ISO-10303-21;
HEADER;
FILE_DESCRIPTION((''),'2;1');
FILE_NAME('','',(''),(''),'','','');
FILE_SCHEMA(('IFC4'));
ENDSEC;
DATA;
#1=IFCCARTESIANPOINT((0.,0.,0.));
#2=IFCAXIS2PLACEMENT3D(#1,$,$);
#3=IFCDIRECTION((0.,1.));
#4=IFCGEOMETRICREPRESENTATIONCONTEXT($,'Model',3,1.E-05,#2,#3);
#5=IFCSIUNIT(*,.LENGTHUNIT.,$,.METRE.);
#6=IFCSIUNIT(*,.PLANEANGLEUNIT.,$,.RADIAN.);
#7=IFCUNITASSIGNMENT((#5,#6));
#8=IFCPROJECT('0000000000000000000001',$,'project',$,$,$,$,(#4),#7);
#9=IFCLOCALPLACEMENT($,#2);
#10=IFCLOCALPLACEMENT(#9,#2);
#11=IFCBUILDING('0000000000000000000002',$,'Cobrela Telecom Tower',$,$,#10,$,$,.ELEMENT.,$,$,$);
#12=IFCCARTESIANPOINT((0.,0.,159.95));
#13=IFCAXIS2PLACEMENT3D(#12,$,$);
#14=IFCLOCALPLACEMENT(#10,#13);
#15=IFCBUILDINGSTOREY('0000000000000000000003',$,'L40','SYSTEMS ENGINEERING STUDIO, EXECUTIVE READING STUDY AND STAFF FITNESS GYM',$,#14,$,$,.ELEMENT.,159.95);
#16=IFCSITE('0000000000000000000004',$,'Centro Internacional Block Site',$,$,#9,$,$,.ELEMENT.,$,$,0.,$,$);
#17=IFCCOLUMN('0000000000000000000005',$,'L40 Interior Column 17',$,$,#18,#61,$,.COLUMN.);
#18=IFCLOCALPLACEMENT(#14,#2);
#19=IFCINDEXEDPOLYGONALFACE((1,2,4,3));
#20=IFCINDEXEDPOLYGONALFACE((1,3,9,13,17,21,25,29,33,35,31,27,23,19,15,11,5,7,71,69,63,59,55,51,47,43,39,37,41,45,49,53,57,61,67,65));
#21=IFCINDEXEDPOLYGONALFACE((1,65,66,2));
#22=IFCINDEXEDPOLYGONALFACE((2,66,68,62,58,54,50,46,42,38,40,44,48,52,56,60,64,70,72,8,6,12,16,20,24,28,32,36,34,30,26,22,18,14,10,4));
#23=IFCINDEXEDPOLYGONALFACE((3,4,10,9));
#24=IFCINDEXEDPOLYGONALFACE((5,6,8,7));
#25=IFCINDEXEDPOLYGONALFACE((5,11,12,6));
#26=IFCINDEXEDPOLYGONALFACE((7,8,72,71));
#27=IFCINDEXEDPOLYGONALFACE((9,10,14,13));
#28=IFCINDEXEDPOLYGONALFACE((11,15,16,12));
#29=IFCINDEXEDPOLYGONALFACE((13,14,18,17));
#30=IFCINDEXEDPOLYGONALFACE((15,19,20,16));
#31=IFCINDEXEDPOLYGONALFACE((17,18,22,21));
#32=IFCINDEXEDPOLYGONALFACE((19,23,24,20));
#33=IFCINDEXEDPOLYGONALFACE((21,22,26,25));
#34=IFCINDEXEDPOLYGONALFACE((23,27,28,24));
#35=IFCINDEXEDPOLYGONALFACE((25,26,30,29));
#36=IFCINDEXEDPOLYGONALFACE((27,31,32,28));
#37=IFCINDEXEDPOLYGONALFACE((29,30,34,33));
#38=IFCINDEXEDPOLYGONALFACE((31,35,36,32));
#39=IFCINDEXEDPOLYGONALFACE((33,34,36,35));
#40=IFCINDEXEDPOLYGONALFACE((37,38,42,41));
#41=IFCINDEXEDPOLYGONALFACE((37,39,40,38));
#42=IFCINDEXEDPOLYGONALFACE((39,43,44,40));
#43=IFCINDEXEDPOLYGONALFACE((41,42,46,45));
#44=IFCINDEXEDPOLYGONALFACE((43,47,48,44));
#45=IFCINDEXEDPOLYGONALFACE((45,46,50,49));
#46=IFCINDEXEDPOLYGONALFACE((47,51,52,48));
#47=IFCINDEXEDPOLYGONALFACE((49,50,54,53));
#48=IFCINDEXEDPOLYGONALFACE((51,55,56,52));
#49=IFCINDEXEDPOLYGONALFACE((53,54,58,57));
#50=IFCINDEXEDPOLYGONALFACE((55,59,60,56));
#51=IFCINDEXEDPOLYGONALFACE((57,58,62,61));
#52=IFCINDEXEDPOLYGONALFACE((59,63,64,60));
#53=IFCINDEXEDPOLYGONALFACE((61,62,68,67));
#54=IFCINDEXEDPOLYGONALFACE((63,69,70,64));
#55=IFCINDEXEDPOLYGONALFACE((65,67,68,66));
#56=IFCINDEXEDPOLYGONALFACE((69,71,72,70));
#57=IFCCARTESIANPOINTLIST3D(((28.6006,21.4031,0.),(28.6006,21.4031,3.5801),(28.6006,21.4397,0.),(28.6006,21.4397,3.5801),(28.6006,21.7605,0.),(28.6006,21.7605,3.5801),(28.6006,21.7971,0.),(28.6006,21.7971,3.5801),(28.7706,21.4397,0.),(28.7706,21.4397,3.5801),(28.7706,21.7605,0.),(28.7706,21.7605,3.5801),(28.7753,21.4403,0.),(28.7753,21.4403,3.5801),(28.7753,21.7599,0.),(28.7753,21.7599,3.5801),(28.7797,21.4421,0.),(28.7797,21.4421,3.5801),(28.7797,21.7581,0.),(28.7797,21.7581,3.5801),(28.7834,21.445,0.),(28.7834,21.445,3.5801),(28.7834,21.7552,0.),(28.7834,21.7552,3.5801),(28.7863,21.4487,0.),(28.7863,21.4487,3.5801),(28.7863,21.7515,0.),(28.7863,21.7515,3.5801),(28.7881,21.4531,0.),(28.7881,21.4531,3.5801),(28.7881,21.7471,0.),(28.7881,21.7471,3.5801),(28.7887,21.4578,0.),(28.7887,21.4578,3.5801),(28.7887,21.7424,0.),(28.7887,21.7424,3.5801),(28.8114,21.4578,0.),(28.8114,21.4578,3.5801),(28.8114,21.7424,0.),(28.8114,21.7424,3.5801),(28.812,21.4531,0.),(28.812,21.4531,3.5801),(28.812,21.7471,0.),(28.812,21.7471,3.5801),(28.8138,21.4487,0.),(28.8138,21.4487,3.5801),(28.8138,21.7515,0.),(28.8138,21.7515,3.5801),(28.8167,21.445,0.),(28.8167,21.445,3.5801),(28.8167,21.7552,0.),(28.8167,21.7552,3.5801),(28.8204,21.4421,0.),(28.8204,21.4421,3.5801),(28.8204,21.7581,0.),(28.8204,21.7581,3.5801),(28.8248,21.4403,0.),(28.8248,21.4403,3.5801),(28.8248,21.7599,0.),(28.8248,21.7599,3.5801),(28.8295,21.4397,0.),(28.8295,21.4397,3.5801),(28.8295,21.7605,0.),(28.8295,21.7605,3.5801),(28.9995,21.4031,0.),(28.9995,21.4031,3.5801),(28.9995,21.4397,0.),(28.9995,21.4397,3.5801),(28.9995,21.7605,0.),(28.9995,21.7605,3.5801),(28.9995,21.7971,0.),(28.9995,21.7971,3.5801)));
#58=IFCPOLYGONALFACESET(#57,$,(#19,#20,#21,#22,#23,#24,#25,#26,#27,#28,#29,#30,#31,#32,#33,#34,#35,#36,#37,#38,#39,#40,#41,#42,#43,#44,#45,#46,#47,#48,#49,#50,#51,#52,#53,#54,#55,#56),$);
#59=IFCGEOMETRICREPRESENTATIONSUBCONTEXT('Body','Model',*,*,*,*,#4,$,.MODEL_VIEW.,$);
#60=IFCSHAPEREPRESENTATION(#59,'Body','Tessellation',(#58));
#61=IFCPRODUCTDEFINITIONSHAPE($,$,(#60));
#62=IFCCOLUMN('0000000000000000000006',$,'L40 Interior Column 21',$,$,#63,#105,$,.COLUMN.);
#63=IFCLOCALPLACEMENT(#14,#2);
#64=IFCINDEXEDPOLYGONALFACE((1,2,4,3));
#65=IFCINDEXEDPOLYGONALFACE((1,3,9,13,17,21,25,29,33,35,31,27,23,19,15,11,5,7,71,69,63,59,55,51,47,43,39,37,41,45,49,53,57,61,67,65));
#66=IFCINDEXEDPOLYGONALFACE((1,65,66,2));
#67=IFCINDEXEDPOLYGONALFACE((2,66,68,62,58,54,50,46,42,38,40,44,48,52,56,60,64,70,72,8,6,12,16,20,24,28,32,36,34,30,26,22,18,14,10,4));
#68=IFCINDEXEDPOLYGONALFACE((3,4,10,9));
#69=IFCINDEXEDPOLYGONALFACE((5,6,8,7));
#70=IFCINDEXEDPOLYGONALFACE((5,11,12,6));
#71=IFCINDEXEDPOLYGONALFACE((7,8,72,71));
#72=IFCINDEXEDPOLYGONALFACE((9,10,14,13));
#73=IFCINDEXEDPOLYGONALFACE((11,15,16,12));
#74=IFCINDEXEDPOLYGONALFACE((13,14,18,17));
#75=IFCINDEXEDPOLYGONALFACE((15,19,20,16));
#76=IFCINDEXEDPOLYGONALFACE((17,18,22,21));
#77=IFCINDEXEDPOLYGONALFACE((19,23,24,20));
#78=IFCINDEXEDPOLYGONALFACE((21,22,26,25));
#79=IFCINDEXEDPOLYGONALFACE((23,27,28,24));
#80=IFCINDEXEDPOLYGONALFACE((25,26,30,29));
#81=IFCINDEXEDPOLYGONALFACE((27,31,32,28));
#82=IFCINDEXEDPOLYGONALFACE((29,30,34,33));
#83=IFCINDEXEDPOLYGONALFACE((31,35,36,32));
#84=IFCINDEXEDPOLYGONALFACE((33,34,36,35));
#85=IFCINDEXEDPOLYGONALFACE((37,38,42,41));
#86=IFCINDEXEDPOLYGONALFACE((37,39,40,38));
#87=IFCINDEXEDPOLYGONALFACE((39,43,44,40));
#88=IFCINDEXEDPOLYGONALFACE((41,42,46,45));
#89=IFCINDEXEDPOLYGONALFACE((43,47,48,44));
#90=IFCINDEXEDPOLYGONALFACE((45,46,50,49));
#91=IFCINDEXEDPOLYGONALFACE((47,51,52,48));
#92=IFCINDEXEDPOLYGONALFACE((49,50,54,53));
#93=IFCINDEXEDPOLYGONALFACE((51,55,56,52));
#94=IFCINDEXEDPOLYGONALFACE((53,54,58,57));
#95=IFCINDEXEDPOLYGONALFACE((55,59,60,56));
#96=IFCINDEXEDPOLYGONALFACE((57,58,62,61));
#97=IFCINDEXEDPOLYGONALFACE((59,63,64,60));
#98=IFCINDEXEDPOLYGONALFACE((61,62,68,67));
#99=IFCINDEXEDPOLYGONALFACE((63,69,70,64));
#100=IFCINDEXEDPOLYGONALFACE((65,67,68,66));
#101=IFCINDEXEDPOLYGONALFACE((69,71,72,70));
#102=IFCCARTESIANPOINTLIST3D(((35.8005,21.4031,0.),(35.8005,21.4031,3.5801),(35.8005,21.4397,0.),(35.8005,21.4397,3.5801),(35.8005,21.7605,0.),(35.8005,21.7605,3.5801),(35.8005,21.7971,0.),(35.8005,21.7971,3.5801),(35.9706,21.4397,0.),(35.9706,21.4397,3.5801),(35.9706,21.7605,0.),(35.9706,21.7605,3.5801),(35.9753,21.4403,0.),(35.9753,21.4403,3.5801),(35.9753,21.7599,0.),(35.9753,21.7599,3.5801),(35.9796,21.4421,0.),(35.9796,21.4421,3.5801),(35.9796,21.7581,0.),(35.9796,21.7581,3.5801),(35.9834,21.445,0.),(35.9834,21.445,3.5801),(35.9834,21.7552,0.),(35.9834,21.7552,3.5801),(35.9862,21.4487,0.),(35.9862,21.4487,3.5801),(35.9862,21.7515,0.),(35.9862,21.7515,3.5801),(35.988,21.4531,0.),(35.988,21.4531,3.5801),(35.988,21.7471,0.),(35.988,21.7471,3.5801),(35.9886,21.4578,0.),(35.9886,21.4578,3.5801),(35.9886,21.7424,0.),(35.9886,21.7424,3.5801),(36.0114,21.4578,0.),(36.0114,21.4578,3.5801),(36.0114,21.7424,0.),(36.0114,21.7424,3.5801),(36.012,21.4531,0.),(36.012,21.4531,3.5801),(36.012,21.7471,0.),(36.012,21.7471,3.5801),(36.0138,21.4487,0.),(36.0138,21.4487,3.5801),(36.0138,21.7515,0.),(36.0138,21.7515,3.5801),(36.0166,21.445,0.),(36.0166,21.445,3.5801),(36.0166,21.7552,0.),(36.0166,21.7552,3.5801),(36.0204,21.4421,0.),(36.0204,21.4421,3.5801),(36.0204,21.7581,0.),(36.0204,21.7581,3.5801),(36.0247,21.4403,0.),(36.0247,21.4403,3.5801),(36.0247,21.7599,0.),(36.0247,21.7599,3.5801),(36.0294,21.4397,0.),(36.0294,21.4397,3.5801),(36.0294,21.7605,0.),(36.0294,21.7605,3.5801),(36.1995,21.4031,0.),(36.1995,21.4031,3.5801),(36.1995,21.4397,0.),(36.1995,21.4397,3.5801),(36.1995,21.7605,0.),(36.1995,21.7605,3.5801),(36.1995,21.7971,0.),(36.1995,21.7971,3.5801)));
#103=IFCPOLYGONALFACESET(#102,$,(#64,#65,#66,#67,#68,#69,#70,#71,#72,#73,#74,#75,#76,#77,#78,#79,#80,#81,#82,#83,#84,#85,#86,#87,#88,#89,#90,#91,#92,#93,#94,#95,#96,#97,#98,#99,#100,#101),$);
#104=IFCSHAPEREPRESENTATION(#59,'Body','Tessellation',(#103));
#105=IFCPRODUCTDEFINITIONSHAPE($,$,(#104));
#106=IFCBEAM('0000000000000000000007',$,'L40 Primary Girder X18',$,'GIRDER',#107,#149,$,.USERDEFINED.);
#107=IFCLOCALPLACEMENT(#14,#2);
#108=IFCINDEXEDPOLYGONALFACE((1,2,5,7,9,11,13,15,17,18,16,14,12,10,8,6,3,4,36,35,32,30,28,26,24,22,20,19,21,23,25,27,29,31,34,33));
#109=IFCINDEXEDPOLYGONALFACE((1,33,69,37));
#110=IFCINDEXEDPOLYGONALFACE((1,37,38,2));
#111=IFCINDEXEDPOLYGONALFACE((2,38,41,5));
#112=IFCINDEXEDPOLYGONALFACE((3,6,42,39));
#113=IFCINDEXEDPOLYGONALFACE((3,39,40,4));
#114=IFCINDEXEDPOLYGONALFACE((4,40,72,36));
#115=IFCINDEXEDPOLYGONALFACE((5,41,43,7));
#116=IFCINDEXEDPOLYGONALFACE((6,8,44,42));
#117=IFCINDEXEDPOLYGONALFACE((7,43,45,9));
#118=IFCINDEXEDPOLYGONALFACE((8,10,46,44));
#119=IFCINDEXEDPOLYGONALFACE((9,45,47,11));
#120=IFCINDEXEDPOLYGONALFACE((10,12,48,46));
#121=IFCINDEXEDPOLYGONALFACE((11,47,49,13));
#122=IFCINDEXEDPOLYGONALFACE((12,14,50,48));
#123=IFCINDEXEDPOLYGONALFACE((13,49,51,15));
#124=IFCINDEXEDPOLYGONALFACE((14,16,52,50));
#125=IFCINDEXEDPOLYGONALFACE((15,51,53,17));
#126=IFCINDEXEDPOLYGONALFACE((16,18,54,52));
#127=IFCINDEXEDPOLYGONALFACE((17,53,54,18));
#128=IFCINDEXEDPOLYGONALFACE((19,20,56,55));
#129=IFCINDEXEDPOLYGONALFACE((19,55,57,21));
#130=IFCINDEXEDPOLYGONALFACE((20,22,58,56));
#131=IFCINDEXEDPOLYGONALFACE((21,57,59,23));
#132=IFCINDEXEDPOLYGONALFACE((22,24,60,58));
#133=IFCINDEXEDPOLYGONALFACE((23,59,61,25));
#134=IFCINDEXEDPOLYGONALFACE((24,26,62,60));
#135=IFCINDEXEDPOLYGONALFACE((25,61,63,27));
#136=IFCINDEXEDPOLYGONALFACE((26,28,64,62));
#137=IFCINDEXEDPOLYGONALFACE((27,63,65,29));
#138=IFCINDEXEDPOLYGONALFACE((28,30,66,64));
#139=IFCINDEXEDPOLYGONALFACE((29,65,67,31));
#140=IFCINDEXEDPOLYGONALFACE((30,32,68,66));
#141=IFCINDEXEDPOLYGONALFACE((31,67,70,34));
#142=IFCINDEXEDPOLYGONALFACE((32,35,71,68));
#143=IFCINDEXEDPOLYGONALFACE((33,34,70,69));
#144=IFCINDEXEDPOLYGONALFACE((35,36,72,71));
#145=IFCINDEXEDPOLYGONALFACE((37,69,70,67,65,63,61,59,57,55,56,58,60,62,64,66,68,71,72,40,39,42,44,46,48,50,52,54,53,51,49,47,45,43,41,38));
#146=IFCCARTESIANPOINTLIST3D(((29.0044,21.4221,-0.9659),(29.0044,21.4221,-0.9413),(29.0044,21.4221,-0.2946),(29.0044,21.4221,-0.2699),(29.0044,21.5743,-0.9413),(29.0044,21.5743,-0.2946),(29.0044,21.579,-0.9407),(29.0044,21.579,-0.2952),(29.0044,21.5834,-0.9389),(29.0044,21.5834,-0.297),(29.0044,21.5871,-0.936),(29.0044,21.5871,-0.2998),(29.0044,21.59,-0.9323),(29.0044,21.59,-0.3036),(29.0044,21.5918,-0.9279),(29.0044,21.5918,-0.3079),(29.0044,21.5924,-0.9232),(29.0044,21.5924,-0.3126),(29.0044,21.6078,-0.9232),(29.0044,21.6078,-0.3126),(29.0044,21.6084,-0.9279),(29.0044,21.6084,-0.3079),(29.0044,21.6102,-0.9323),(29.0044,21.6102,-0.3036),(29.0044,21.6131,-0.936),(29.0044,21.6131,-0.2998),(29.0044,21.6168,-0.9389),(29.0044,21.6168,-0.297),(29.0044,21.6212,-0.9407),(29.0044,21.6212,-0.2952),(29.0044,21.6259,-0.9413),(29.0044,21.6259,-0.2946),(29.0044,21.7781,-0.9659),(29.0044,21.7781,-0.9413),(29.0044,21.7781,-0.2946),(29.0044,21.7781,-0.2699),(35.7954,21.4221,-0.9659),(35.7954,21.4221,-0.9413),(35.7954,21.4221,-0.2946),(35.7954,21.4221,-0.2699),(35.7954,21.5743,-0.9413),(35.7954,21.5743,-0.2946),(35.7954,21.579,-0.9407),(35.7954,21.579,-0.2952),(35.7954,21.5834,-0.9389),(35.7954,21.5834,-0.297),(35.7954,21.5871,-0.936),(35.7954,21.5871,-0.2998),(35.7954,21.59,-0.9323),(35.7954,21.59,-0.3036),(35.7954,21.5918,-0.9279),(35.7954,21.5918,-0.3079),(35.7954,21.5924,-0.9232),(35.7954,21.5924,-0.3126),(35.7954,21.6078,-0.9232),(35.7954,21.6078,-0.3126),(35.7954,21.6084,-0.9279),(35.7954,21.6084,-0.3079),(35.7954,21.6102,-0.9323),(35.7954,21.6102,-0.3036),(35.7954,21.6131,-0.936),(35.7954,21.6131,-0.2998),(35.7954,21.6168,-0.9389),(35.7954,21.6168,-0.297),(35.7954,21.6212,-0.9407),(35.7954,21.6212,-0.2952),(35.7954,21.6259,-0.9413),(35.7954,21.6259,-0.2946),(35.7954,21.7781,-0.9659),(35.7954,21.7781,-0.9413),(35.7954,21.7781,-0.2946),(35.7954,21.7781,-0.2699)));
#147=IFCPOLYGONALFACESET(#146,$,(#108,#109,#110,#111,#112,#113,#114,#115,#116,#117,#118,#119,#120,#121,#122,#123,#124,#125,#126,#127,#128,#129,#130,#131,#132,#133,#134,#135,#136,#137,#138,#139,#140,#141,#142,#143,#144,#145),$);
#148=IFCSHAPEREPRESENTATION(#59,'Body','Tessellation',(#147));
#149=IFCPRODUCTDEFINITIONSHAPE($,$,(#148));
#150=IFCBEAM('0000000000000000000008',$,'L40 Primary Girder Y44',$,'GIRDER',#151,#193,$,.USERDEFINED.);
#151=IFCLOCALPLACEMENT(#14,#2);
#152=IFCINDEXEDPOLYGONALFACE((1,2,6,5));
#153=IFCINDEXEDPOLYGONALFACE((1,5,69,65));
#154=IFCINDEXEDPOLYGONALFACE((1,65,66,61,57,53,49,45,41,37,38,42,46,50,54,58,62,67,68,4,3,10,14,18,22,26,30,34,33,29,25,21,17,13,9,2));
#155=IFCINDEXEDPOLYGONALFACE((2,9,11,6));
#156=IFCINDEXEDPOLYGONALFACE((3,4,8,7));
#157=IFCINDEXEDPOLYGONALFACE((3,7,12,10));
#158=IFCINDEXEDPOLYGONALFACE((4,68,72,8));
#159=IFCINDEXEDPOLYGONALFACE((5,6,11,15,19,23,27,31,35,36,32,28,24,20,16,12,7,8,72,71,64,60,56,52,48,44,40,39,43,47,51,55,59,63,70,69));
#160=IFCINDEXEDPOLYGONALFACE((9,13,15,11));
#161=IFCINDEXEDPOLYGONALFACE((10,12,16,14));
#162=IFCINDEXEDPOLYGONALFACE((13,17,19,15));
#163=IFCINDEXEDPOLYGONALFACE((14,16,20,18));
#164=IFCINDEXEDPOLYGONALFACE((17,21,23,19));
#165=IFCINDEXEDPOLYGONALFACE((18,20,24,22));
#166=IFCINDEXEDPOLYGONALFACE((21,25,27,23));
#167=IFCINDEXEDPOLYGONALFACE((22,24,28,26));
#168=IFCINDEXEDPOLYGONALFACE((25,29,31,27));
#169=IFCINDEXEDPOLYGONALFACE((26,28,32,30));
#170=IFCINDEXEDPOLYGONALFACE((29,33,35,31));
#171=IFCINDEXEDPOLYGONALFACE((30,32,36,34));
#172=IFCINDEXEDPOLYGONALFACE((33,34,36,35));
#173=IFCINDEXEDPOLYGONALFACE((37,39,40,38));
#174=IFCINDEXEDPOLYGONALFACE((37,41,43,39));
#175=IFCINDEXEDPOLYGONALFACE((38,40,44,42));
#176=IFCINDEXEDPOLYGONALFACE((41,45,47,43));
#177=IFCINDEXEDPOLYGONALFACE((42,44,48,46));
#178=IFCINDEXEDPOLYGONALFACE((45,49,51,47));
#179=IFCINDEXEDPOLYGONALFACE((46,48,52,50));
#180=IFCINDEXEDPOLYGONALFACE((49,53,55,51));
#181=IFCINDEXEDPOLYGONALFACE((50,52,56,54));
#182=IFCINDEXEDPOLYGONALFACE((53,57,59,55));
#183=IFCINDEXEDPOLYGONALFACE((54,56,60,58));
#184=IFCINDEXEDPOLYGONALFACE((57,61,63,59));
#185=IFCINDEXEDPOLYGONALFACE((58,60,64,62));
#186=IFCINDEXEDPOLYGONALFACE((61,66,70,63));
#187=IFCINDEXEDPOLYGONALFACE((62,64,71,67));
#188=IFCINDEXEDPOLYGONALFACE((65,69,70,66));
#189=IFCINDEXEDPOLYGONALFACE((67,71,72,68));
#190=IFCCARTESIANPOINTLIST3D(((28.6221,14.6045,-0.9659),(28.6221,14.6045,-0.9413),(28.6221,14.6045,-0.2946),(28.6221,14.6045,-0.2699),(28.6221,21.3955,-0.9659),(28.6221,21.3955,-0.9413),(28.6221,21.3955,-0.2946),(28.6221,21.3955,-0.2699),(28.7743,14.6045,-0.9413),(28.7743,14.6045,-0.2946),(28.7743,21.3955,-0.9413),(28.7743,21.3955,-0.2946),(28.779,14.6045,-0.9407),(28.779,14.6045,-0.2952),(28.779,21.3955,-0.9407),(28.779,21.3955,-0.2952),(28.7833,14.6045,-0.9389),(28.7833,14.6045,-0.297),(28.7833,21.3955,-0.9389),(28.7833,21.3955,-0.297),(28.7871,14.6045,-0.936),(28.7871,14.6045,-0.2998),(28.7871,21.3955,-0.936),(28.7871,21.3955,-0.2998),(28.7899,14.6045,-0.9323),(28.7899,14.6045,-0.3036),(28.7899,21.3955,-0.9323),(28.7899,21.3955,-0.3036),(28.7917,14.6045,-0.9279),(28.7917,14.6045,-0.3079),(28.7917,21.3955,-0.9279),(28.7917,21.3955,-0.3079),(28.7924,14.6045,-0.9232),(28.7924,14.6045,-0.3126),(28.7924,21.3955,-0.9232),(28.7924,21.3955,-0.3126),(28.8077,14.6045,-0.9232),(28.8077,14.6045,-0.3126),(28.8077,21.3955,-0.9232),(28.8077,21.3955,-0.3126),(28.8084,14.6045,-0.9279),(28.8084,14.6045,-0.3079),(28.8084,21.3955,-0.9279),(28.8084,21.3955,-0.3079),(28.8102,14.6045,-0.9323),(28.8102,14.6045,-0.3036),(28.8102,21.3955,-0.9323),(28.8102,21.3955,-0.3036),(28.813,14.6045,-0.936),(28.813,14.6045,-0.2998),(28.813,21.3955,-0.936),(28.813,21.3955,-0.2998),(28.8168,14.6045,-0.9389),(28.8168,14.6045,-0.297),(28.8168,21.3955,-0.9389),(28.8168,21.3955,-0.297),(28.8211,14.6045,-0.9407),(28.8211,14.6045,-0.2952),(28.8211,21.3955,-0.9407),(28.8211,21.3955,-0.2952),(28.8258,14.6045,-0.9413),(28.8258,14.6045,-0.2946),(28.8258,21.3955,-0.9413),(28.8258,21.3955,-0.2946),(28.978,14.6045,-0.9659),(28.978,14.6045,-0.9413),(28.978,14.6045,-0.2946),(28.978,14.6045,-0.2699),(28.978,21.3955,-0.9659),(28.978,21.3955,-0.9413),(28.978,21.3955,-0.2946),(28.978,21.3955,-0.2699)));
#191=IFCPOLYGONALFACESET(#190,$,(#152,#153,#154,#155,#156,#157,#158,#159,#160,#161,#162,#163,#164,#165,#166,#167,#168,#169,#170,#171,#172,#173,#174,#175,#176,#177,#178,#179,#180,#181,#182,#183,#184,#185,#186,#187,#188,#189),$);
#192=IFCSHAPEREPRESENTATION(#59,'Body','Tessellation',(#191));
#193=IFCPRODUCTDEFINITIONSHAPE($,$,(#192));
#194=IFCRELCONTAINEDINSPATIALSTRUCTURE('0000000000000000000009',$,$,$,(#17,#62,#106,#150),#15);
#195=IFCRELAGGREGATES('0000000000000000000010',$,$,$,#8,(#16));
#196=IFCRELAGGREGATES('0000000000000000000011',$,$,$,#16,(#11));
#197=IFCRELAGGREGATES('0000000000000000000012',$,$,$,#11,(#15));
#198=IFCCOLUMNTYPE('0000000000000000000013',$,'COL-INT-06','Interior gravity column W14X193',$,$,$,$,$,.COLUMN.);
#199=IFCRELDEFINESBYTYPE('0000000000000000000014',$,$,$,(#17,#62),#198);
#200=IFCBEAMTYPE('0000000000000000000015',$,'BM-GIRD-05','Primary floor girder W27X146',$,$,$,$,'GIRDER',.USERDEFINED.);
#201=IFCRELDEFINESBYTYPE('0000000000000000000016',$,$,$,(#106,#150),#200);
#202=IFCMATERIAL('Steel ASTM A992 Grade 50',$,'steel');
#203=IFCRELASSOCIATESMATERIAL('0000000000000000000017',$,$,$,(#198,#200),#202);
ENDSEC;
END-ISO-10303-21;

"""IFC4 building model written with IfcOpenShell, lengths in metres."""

from ifc_helpers import new_model, si_unit, direction, frame, origin, origin_2d, place, context, subcontext, project, spatial, i_section, extrude, material, material_profile, profile_set, type_object, element, save


model = new_model("IFC4")

# Units and contexts
model_context = context("Model", 3, precision=1e-05, world=origin(), true_north=direction((0.0, 1.0)))
body_context = subcontext(model_context, "Body", "Model", "MODEL_VIEW")
ifc_project = project(units=[si_unit("LENGTHUNIT", "METRE"), si_unit("PLANEANGLEUNIT", "RADIAN")], contexts=[model_context])

# Site, building, storey
site_placement = place(None, origin())
site = spatial("IfcSite", under=ifc_project, at=site_placement, Name="Centro Internacional Block Site", CompositionType="ELEMENT", RefElevation=0.0)
building_placement = place(site_placement, origin())
building = spatial("IfcBuilding", under=site, at=building_placement, Name="Cobrela Telecom Tower", CompositionType="ELEMENT")
storey_placement = place(building_placement, frame((0.0, 0.0, 159.95)))
storey = spatial("IfcBuildingStorey", under=building, at=storey_placement, Name="L40", Description="SYSTEMS ENGINEERING STUDIO, EXECUTIVE READING STUDY AND STAFF FITNESS GYM", CompositionType="ELEMENT", Elevation=159.95)

# Columns
ifc_material_1 = material(Name="Steel ASTM A992 Grade 50", Category="steel")
ifc_material_profile_1 = material_profile(ifc_material_1, i_section(OverallWidth=0.3989, OverallDepth=0.394, WebThickness=0.0227, FlangeThickness=0.0366, FilletRadius=0.0181, at=origin_2d()), Name="W14X193")
ifc_profile_set_1 = profile_set([ifc_material_profile_1], Name="Steel ASTM A992 Grade 50")
column_type = type_object("IfcColumnType", Name="COL-INT-06", Description="Interior gravity column W14X193", PredefinedType="COLUMN", material=ifc_profile_set_1)
for number, where, z_axis, x_axis, name in (
    (1, (28.8, 21.6001, 0.0), (0.0, 0.0, 1.0), (1.0, 0.0, 0.0), "L40 Interior Column 17"),
    (2, (36.0, 21.6001, 0.0), (0.0, 0.0, 1.0), (1.0, 0.0, 0.0), "L40 Interior Column 21"),
):
    element("IfcColumn", number, at=place(storey_placement, frame(where, z_axis=z_axis, x_axis=x_axis)), inside=storey, type_object=column_type, Name=name, PredefinedType="COLUMN", context=body_context, shape_type="SweptSolid", body=[
        extrude(i_section(OverallWidth=0.3989, OverallDepth=0.394, WebThickness=0.0227, FlangeThickness=0.0366, FilletRadius=0.0181, at=origin_2d()), origin(), (0.0, 0.0, 1.0), 3.5801),
    ])

# Beams
ifc_material_profile_2 = material_profile(ifc_material_1, i_section(OverallWidth=0.356, OverallDepth=0.696, WebThickness=0.0154, FlangeThickness=0.0247, FilletRadius=0.0181, at=origin_2d()), Name="W27X146")
ifc_profile_set_2 = profile_set([ifc_material_profile_2], Name="Steel ASTM A992 Grade 50")
beam_type_1 = type_object("IfcBeamType", Name="BM-GIRD-05", Description="Primary floor girder W27X146", ElementType="GIRDER", PredefinedType="USERDEFINED", material=ifc_profile_set_2)
for number, where, z_axis, x_axis, name in (
    (3, (29.0044, 21.6001, -0.6179), (1.0, 0.0, 0.0), (0.0, 1.0, 0.0), "L40 Primary Girder X18"),
    (4, (28.8, 14.6045, -0.6179), (0.0, 1.0, 0.0), (-1.0, 0.0, 0.0), "L40 Primary Girder Y44"),
):
    element("IfcBeam", number, at=place(storey_placement, frame(where, z_axis=z_axis, x_axis=x_axis)), inside=storey, type_object=beam_type_1, Name=name, ObjectType="GIRDER", PredefinedType="USERDEFINED", context=body_context, shape_type="SweptSolid", body=[
        extrude(i_section(OverallWidth=0.356, OverallDepth=0.696, WebThickness=0.0154, FlangeThickness=0.0247, FilletRadius=0.0181, at=origin_2d()), origin(), (0.0, 0.0, 1.0), 6.791),
    ])

save(model, "model.ifc")
